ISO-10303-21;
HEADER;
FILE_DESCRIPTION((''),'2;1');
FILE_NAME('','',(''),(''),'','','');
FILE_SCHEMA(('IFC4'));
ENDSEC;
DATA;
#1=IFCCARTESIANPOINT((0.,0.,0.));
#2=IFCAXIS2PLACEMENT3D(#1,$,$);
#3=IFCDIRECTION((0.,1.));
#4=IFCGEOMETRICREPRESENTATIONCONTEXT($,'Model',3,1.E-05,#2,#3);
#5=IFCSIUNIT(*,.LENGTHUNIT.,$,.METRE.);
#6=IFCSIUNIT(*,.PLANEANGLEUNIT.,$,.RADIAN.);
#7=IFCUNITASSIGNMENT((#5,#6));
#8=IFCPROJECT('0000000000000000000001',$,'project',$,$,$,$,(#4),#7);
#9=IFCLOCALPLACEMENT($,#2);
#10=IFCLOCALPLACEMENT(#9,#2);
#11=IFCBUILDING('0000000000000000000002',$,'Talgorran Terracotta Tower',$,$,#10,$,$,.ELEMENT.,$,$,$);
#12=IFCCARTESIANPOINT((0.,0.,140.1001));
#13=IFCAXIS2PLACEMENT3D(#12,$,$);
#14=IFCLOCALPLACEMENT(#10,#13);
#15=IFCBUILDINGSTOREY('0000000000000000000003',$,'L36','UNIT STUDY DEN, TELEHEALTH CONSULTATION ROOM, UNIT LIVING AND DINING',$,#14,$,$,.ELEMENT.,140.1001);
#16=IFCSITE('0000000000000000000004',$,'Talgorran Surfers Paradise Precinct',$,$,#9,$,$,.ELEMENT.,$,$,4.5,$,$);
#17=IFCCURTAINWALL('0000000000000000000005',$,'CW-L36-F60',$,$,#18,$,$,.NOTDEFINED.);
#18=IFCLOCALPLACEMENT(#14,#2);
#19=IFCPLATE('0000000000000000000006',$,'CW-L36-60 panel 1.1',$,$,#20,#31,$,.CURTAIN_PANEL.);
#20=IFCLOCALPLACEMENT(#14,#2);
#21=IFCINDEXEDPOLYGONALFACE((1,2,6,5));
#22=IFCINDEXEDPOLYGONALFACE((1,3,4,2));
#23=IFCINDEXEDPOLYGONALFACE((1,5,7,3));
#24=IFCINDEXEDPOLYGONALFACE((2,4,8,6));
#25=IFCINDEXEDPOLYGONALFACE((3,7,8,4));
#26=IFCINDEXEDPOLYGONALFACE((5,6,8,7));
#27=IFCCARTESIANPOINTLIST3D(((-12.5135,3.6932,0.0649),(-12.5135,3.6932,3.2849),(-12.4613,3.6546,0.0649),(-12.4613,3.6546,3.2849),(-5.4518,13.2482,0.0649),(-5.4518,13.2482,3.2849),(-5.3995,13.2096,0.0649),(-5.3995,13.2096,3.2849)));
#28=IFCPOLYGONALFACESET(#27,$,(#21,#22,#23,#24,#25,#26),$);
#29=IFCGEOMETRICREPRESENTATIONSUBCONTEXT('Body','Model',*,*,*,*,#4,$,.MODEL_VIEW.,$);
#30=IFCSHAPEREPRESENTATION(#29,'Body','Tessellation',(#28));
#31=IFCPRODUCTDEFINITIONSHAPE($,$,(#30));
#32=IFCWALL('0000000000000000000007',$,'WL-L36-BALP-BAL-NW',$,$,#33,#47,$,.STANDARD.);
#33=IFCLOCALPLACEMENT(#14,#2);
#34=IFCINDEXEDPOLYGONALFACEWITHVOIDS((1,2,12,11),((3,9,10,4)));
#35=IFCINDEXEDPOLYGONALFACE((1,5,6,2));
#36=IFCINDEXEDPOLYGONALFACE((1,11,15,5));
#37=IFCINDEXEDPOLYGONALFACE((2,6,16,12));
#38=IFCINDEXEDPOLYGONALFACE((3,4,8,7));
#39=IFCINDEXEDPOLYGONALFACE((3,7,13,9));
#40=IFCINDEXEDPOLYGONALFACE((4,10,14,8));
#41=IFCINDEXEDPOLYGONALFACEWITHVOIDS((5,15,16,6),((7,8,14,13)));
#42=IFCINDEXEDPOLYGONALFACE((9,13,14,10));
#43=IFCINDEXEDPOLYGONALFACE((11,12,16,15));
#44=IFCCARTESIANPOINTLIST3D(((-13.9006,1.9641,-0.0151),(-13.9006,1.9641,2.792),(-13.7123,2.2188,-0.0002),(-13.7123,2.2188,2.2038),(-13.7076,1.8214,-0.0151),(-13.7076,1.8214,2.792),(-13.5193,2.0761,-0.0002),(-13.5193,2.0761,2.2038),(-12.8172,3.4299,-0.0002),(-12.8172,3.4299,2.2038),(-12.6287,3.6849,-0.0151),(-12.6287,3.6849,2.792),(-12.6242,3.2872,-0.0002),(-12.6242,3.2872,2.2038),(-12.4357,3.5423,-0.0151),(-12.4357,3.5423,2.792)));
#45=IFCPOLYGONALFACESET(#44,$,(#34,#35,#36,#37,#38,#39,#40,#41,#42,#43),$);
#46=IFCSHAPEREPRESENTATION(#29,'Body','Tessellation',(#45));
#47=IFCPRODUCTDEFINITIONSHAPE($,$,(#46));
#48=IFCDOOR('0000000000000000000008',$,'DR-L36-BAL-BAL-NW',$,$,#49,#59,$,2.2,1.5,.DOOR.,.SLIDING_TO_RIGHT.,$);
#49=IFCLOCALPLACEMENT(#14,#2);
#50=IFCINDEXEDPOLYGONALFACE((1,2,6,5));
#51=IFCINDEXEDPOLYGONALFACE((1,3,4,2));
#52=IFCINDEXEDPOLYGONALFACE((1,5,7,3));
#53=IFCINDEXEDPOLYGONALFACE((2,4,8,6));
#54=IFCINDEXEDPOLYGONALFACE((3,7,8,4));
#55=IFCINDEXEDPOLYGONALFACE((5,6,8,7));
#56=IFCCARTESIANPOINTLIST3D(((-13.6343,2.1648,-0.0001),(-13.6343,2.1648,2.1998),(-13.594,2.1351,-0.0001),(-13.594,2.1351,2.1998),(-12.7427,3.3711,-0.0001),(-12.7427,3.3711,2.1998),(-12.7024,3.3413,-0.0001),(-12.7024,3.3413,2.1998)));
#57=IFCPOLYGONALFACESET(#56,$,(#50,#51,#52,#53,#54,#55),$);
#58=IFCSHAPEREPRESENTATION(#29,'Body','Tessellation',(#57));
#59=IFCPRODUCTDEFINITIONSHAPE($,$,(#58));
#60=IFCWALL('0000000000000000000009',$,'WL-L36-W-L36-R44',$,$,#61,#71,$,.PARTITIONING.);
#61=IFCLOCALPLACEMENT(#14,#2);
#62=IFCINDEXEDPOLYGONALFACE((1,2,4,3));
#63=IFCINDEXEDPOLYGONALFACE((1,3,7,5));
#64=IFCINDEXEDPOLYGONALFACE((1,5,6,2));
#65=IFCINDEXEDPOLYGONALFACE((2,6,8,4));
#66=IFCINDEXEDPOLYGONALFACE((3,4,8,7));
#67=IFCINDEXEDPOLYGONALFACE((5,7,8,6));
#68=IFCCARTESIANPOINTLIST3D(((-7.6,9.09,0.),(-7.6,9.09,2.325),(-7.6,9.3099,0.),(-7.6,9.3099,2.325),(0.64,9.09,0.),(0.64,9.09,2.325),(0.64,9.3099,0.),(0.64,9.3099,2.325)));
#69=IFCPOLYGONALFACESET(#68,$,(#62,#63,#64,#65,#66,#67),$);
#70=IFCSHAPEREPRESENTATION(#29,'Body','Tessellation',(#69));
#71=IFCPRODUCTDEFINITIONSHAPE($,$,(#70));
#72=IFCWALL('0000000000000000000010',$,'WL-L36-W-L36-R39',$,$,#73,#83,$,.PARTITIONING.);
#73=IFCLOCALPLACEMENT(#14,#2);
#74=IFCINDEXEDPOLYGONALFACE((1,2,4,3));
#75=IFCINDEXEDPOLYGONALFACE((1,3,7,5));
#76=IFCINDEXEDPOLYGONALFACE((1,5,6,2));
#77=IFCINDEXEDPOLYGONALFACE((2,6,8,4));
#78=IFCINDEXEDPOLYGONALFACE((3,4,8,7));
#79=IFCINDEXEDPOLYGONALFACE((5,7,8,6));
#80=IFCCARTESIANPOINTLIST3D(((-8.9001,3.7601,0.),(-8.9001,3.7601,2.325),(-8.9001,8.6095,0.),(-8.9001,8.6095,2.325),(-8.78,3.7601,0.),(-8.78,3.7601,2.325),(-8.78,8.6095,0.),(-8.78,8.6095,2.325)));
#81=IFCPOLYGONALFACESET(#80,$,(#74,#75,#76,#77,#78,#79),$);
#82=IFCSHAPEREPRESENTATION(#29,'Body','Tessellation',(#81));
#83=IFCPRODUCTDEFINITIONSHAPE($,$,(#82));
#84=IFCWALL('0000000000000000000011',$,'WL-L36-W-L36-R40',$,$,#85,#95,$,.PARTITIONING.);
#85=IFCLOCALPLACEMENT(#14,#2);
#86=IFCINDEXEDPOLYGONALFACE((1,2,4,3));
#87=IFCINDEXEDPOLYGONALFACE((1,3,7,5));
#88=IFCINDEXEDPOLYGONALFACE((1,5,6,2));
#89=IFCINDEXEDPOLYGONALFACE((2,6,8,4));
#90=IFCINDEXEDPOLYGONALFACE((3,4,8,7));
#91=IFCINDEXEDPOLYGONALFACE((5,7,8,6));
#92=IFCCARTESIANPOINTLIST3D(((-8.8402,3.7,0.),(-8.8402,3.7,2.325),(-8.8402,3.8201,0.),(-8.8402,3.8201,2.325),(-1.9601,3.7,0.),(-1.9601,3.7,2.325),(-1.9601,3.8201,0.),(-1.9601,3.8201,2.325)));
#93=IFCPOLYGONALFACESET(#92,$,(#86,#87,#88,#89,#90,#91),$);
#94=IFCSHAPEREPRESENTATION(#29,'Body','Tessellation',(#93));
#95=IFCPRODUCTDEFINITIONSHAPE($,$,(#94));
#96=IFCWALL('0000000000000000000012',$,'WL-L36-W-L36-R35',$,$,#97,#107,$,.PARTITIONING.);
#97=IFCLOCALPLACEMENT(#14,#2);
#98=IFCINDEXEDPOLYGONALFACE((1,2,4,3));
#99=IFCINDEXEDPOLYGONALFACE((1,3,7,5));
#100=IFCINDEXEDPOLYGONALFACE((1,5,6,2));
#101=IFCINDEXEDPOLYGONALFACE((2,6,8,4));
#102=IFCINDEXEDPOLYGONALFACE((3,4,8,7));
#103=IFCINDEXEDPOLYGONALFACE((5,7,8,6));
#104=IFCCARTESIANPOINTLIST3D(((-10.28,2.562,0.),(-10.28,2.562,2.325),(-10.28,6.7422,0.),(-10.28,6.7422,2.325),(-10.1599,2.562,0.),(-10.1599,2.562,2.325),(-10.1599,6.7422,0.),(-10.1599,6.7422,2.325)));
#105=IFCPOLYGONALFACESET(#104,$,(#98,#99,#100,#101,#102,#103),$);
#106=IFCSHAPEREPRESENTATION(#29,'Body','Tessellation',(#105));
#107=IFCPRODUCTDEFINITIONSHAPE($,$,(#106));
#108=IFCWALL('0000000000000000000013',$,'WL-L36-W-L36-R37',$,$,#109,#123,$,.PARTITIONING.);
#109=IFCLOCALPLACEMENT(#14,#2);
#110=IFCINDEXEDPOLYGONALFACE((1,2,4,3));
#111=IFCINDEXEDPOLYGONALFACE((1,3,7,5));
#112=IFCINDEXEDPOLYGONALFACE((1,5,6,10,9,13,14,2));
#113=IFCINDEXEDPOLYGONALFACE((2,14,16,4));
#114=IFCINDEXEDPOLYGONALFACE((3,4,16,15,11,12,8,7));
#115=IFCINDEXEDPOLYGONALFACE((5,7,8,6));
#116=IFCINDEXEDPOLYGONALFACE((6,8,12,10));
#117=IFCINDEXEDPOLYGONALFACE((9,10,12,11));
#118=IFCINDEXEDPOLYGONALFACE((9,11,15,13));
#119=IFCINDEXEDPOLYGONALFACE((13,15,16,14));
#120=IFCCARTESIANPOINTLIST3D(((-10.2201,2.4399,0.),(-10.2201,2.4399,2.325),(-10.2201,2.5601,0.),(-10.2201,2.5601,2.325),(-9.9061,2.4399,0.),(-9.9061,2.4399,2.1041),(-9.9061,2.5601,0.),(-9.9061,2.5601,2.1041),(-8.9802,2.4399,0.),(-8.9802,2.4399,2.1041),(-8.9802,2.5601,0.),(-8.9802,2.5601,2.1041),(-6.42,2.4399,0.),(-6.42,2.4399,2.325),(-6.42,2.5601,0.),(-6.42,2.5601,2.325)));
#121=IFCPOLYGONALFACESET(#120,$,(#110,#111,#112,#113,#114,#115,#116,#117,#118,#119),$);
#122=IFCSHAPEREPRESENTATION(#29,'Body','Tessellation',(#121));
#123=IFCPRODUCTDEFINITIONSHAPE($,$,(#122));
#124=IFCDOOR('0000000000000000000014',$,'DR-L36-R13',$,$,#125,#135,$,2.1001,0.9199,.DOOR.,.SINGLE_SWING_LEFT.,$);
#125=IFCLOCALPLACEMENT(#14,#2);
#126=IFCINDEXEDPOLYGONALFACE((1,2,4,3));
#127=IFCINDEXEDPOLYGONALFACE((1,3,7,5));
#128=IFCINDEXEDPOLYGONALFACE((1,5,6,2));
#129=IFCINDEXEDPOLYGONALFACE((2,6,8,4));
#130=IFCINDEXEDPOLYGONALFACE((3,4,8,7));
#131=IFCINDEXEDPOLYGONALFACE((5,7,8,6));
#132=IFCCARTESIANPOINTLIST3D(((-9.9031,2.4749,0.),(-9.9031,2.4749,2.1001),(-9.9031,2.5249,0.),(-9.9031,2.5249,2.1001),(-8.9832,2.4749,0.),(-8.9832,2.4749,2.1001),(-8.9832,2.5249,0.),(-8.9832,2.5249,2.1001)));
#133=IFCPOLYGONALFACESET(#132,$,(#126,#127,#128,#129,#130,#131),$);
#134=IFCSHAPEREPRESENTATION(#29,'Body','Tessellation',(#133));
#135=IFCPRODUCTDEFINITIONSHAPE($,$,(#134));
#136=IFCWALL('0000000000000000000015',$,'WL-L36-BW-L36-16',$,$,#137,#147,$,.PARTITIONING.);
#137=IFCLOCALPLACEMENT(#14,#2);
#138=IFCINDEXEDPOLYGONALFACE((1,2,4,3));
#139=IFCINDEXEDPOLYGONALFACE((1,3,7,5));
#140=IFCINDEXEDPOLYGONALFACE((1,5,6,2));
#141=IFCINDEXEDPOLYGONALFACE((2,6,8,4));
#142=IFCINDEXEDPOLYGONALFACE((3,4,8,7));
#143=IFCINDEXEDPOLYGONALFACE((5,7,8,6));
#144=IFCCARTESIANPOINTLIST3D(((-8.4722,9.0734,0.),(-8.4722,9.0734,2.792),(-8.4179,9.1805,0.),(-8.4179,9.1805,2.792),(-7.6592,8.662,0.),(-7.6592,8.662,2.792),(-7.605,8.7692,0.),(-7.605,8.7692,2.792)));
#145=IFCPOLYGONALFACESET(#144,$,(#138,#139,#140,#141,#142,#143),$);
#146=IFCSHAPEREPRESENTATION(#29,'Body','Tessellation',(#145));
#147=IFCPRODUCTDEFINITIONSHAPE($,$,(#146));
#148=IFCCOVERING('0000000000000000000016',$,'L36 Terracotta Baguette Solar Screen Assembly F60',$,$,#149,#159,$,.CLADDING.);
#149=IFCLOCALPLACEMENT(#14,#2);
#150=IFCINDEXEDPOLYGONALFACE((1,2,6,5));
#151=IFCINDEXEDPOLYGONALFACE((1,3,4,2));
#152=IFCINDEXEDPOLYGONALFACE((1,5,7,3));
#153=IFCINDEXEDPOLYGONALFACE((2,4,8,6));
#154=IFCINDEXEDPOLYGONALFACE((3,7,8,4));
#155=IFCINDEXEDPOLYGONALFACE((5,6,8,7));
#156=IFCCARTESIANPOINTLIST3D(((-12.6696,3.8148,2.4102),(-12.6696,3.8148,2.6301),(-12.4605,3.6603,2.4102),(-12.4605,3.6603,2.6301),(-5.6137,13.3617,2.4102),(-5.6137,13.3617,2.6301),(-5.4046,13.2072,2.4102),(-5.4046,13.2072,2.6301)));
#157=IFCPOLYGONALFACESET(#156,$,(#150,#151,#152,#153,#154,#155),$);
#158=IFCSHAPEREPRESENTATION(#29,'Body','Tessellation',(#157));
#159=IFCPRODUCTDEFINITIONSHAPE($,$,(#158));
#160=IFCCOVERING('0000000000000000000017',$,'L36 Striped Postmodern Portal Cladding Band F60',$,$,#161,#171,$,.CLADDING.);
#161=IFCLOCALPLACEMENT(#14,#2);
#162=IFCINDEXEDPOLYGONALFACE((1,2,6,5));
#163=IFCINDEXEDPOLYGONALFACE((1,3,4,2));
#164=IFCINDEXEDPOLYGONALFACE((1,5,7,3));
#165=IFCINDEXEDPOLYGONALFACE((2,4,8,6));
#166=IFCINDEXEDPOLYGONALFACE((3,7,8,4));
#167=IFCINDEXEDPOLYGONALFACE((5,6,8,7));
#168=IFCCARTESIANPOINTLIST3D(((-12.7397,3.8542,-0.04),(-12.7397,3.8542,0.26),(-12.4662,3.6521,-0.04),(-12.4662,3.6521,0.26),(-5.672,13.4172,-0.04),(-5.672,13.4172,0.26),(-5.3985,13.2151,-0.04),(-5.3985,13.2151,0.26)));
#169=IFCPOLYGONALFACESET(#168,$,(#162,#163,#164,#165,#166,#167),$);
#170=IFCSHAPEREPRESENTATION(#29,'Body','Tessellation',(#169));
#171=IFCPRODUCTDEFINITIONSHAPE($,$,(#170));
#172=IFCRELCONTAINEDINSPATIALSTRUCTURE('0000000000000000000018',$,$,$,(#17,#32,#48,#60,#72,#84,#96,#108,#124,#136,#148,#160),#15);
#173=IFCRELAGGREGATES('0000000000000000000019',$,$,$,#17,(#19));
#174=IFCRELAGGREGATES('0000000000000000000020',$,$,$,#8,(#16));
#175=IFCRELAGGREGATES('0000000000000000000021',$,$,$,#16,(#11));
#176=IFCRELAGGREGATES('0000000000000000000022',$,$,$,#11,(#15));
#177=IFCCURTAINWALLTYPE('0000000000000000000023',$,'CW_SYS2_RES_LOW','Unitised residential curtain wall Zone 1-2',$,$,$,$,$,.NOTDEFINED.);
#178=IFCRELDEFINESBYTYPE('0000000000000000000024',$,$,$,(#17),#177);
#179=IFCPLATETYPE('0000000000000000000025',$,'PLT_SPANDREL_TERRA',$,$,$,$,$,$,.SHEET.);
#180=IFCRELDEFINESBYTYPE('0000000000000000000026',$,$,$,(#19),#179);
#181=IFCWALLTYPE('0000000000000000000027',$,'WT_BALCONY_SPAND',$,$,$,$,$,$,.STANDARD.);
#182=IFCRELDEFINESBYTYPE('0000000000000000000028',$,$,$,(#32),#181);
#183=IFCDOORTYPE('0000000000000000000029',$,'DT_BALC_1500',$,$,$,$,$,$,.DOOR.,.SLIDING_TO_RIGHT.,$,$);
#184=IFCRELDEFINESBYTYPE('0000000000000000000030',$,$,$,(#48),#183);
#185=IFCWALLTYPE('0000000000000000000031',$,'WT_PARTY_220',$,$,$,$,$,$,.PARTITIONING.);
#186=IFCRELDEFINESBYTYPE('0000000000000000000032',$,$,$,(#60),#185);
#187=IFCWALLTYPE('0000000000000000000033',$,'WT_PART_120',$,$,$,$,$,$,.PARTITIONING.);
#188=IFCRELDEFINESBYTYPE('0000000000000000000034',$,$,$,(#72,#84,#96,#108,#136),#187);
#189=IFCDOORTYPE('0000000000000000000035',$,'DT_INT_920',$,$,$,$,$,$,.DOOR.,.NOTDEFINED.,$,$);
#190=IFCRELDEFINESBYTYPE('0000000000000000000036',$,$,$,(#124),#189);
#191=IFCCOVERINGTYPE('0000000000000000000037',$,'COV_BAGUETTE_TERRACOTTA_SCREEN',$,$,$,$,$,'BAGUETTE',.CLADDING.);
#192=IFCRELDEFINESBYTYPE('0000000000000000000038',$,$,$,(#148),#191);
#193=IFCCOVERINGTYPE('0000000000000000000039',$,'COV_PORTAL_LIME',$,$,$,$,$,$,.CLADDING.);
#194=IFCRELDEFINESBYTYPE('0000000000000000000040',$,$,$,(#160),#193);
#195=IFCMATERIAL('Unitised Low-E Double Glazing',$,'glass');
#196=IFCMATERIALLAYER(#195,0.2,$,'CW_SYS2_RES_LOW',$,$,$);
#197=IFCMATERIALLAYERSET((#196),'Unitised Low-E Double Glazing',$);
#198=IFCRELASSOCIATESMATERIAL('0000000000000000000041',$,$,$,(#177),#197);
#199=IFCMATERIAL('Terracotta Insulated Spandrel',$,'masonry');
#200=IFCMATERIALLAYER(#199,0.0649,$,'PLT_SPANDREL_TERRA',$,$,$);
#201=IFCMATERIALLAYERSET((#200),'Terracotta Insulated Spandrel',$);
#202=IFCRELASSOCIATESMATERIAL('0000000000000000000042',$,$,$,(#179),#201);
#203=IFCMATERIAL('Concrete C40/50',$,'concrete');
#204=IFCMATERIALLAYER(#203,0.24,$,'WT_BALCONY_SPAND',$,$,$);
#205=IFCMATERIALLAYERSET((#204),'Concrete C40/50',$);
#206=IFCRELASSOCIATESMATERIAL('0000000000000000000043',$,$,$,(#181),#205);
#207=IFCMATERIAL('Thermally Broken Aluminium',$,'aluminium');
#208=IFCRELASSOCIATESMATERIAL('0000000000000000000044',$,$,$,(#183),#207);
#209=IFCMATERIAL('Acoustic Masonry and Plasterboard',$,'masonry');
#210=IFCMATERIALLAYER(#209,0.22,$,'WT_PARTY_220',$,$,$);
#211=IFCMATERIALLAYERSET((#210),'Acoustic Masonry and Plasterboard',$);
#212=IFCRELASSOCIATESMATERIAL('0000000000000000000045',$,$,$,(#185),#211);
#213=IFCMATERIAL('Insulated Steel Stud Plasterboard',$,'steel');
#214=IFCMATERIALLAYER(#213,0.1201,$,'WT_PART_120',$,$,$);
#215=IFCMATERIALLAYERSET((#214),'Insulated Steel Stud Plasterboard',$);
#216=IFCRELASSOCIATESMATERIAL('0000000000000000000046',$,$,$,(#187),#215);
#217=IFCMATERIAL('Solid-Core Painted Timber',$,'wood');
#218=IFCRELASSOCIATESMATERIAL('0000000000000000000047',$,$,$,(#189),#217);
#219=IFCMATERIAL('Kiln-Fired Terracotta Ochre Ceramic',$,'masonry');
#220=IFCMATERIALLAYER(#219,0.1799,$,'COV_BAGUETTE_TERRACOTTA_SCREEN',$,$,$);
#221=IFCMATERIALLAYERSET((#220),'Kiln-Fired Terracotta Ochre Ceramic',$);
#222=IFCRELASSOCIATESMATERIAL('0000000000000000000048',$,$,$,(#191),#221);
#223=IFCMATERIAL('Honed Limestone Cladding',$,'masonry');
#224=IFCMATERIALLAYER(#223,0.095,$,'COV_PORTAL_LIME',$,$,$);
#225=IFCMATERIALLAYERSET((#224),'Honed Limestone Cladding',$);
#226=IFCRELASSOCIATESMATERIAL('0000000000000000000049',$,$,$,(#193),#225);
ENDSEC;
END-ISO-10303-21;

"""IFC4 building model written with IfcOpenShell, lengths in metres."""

from ifc_helpers import new_model, si_unit, direction, frame, frame_2d, origin, origin_2d, place, context, subcontext, project, spatial, rectangle, extrude, source, transform, mapped, material, layer, layer_set, type_object, type_shapes, element, fill, aggregate, save


model = new_model("IFC4")

# Units and contexts
model_context = context("Model", 3, precision=1e-05, world=origin(), true_north=direction((0.0, 1.0)))
body_context = subcontext(model_context, "Body", "Model", "MODEL_VIEW")
ifc_project = project(units=[si_unit("LENGTHUNIT", "METRE"), si_unit("PLANEANGLEUNIT", "RADIAN")], contexts=[model_context])

# Site, building, storey
site_placement = place(None, origin())
site = spatial("IfcSite", under=ifc_project, at=site_placement, Name="Talgorran Surfers Paradise Precinct", CompositionType="ELEMENT", RefElevation=4.5)
building_placement = place(site_placement, origin())
building = spatial("IfcBuilding", under=site, at=building_placement, Name="Talgorran Terracotta Tower", CompositionType="ELEMENT")
storey_placement = place(building_placement, frame((0.0, 0.0, 140.1001)))
storey = spatial("IfcBuildingStorey", under=building, at=storey_placement, Name="L36", Description="UNIT STUDY DEN, TELEHEALTH CONSULTATION ROOM, UNIT LIVING AND DINING", CompositionType="ELEMENT", Elevation=140.1001)

# Curtain wall
ifc_material_1 = material(Name="Unitised Low-E Double Glazing", Category="glass")
ifc_layer_1 = layer(ifc_material_1, 0.2, Name="CW_SYS2_RES_LOW")
ifc_layer_set_1 = layer_set([ifc_layer_1], Name="Unitised Low-E Double Glazing")
curtain_wall_type = type_object("IfcCurtainWallType", Name="CW_SYS2_RES_LOW", Description="Unitised residential curtain wall Zone 1-2", PredefinedType="NOTDEFINED", material=ifc_layer_set_1)
curtain_wall_1_placement = place(storey_placement, origin())
curtain_wall_1 = element("IfcCurtainWall", 1, at=curtain_wall_1_placement, inside=storey, type_object=curtain_wall_type, Name="CW-L36-F60", PredefinedType="NOTDEFINED")

# Plate
ifc_material_2 = material(Name="Terracotta Insulated Spandrel", Category="masonry")
ifc_layer_2 = layer(ifc_material_2, 0.0649, Name="PLT_SPANDREL_TERRA")
ifc_layer_set_2 = layer_set([ifc_layer_2], Name="Terracotta Insulated Spandrel")
plate_type_1 = type_object("IfcPlateType", Name="PLT_SPANDREL_TERRA", PredefinedType="SHEET", material=ifc_layer_set_2)
shared_shape = source(origin(), body_context, "Body", "SweptSolid", [
    extrude(rectangle(XDim=11.8813, YDim=0.0649, at=origin_2d()), origin(), (0.0, 0.0, 1.0), 3.22),
])
type_shapes(plate_type_1, [shared_shape])
plate_1_placement = place(storey_placement, frame((-8.9565, 8.4514, 0.0649), z_axis=(0.0, 0.0, 1.0), x_axis=(-0.594359, -0.8042, 0.0)))
plate_1 = element("IfcPlate", 2, at=plate_1_placement, type_object=plate_type_1, Name="CW-L36-60 panel 1.1", PredefinedType="CURTAIN_PANEL", context=body_context, shape_type="MappedRepresentation", body=[
    mapped(shared_shape, transform((0.0, 0.0, 0.0), scale=1.0)),
])
aggregate(curtain_wall_1, [plate_1])

# Wall, opening, door
ifc_material_3 = material(Name="Concrete C40/50", Category="concrete")
ifc_layer_3 = layer(ifc_material_3, 0.24, Name="WT_BALCONY_SPAND")
ifc_layer_set_3 = layer_set([ifc_layer_3], Name="Concrete C40/50")
wall_type_1 = type_object("IfcWallType", Name="WT_BALCONY_SPAND", PredefinedType="STANDARD", material=ifc_layer_set_3)
wall_1_placement = place(storey_placement, frame((-12.5322, 3.6135, -0.0151), z_axis=(0.0, 0.0, 1.0), x_axis=(-0.594381, -0.804183, 0.0)))
wall_1 = element("IfcWall", 3, at=wall_1_placement, inside=storey, type_object=wall_type_1, Name="WL-L36-BALP-BAL-NW", PredefinedType="STANDARD", context=body_context, shape_type="SweptSolid", body=[
    extrude(rectangle(XDim=2.1399, YDim=0.24, at=frame_2d((1.0698, 0.0))), origin(), (0.0, 0.0, 1.0), 2.8071),
])
opening_1_placement = place(wall_1_placement, frame((0.3201, 0.0, 0.0149)))
opening_1 = element("IfcOpeningElement", 4, at=opening_1_placement, cuts=wall_1, PredefinedType="OPENING", context=body_context, shape_type="SweptSolid", body=[
    extrude(rectangle(XDim=1.506, YDim=2.204, at=frame_2d((0.75, 1.1021))), frame((0.0, 0.1299, 0.0), z_axis=(0.0, -1.0, 0.0), x_axis=(1.0, 0.0, 0.0)), (0.0, 0.0, 1.0), 0.26),
])
ifc_material_4 = material(Name="Thermally Broken Aluminium", Category="aluminium")
door_type_1 = type_object("IfcDoorType", Name="DT_BALC_1500", OperationType="SLIDING_TO_RIGHT", PredefinedType="DOOR", material=ifc_material_4)
door_1_placement = place(opening_1_placement, origin())
door_1 = element("IfcDoor", 5, at=door_1_placement, inside=storey, type_object=door_type_1, Name="DR-L36-BAL-BAL-NW", OperationType="SLIDING_TO_RIGHT", OverallHeight=2.2, OverallWidth=1.5, PredefinedType="DOOR", context=body_context, shape_type="SweptSolid", body=[
    extrude(rectangle(XDim=1.5, YDim=2.2, at=frame_2d((0.75, 1.1001))), frame((0.0, 0.0249, 0.0), z_axis=(0.0, -1.0, 0.0), x_axis=(1.0, 0.0, 0.0)), (0.0, 0.0, 1.0), 0.05),
])
fill(opening_1, door_1)

# Walls
ifc_material_5 = material(Name="Acoustic Masonry and Plasterboard", Category="masonry")
ifc_layer_4 = layer(ifc_material_5, 0.22, Name="WT_PARTY_220")
ifc_layer_set_4 = layer_set([ifc_layer_4], Name="Acoustic Masonry and Plasterboard")
wall_type_2 = type_object("IfcWallType", Name="WT_PARTY_220", PredefinedType="PARTITIONING", material=ifc_layer_set_4)
wall_2_placement = place(storey_placement, frame((-7.6001, 9.2, 0.0), z_axis=(0.0, 0.0, 1.0), x_axis=(1.0, 0.0, 0.0)))
element("IfcWall", 6, at=wall_2_placement, inside=storey, type_object=wall_type_2, Name="WL-L36-W-L36-R44", PredefinedType="PARTITIONING", context=body_context, shape_type="SweptSolid", body=[
    extrude(rectangle(XDim=8.24, YDim=0.22, at=frame_2d((4.1201, 0.0))), origin(), (0.0, 0.0, 1.0), 2.325),
])
ifc_material_6 = material(Name="Insulated Steel Stud Plasterboard", Category="steel")
ifc_layer_5 = layer(ifc_material_6, 0.1201, Name="WT_PART_120")
ifc_layer_set_5 = layer_set([ifc_layer_5], Name="Insulated Steel Stud Plasterboard")
wall_type_3 = type_object("IfcWallType", Name="WT_PART_120", PredefinedType="PARTITIONING", material=ifc_layer_set_5)
wall_3_placement = place(storey_placement, frame((-8.8401, 3.76, 0.0), z_axis=(0.0, 0.0, 1.0), x_axis=(0.0, 1.0, 0.0)))
element("IfcWall", 7, at=wall_3_placement, inside=storey, type_object=wall_type_3, Name="WL-L36-W-L36-R39", PredefinedType="PARTITIONING", context=body_context, shape_type="SweptSolid", body=[
    extrude(rectangle(XDim=4.8494, YDim=0.1201, at=frame_2d((2.4248, 0.0))), origin(), (0.0, 0.0, 1.0), 2.325),
])
wall_4_placement = place(storey_placement, frame((-8.8401, 3.76, 0.0), z_axis=(0.0, 0.0, 1.0), x_axis=(1.0, 0.0, 0.0)))
element("IfcWall", 8, at=wall_4_placement, inside=storey, type_object=wall_type_3, Name="WL-L36-W-L36-R40", PredefinedType="PARTITIONING", context=body_context, shape_type="SweptSolid", body=[
    extrude(rectangle(XDim=6.8801, YDim=0.1201, at=frame_2d((3.4399, 0.0))), origin(), (0.0, 0.0, 1.0), 2.325),
])
wall_5_placement = place(storey_placement, frame((-10.22, 2.562, 0.0), z_axis=(0.0, 0.0, 1.0), x_axis=(0.0, 1.0, 0.0)))
element("IfcWall", 9, at=wall_5_placement, inside=storey, type_object=wall_type_3, Name="WL-L36-W-L36-R35", PredefinedType="PARTITIONING", context=body_context, shape_type="SweptSolid", body=[
    extrude(rectangle(XDim=4.1802, YDim=0.1201, at=frame_2d((2.0901, 0.0))), origin(), (0.0, 0.0, 1.0), 2.325),
])

# Wall, opening, door
wall_6_placement = place(storey_placement, frame((-10.22, 2.5, 0.0), z_axis=(0.0, 0.0, 1.0), x_axis=(1.0, 0.0, 0.0)))
wall_6 = element("IfcWall", 10, at=wall_6_placement, inside=storey, type_object=wall_type_3, Name="WL-L36-W-L36-R37", PredefinedType="PARTITIONING", context=body_context, shape_type="SweptSolid", body=[
    extrude(rectangle(XDim=3.8, YDim=0.1201, at=frame_2d((1.8999, 0.0))), origin(), (0.0, 0.0, 1.0), 2.325),
])
opening_2_placement = place(wall_6_placement, frame((0.3169, 0.0, 0.0)))
opening_2 = element("IfcOpeningElement", 11, at=opening_2_placement, cuts=wall_6, PredefinedType="OPENING", context=body_context, shape_type="SweptSolid", body=[
    extrude(rectangle(XDim=0.9259, YDim=2.1041, at=frame_2d((0.46, 1.052))), frame((0.0, 0.0701, 0.0), z_axis=(0.0, -1.0, 0.0), x_axis=(1.0, 0.0, 0.0)), (0.0, 0.0, 1.0), 0.1401),
])
ifc_material_7 = material(Name="Solid-Core Painted Timber", Category="wood")
door_type_2 = type_object("IfcDoorType", Name="DT_INT_920", OperationType="NOTDEFINED", PredefinedType="DOOR", material=ifc_material_7)
door_2_placement = place(opening_2_placement, origin())
door_2 = element("IfcDoor", 12, at=door_2_placement, inside=storey, type_object=door_type_2, Name="DR-L36-R13", OperationType="SINGLE_SWING_LEFT", OverallHeight=2.1001, OverallWidth=0.9199, PredefinedType="DOOR", context=body_context, shape_type="SweptSolid", body=[
    extrude(rectangle(XDim=0.9199, YDim=2.1001, at=frame_2d((0.46, 1.05))), frame((0.0, 0.0249, 0.0), z_axis=(0.0, -1.0, 0.0), x_axis=(1.0, 0.0, 0.0)), (0.0, 0.0, 1.0), 0.05),
])
fill(opening_2, door_2)

# Wall
wall_7_placement = place(storey_placement, frame((-7.6321, 8.7156, 0.0), z_axis=(0.0, 0.0, 1.0), x_axis=(-0.892273, 0.451496, 0.0)))
element("IfcWall", 13, at=wall_7_placement, inside=storey, type_object=wall_type_3, Name="WL-L36-BW-L36-16", PredefinedType="PARTITIONING", context=body_context, shape_type="SweptSolid", body=[
    extrude(rectangle(XDim=0.9111, YDim=0.1201, at=frame_2d((0.4556, 0.0))), origin(), (0.0, 0.0, 1.0), 2.792),
])

# Coverings
ifc_material_8 = material(Name="Kiln-Fired Terracotta Ochre Ceramic", Category="masonry")
ifc_layer_6 = layer(ifc_material_8, 0.1799, Name="COV_BAGUETTE_TERRACOTTA_SCREEN")
ifc_layer_set_6 = layer_set([ifc_layer_6], Name="Kiln-Fired Terracotta Ochre Ceramic")
covering_type_1 = type_object("IfcCoveringType", Name="COV_BAGUETTE_TERRACOTTA_SCREEN", ElementType="BAGUETTE", PredefinedType="CLADDING", material=ifc_layer_set_6)
covering_1_placement = place(storey_placement, frame((-9.0371, 8.511, 2.4102), z_axis=(0.0, 0.0, 1.0), x_axis=(-0.59436, -0.804199, 0.0)))
element("IfcCovering", 14, at=covering_1_placement, inside=storey, type_object=covering_type_1, Name="L36 Terracotta Baguette Solar Screen Assembly F60", PredefinedType="CLADDING", context=body_context, shape_type="SweptSolid", body=[
    extrude(rectangle(XDim=11.8713, YDim=0.26, at=origin_2d()), origin(), (0.0, 0.0, 1.0), 0.22),
])
ifc_material_9 = material(Name="Honed Limestone Cladding", Category="masonry")
ifc_layer_7 = layer(ifc_material_9, 0.095, Name="COV_PORTAL_LIME")
ifc_layer_set_7 = layer_set([ifc_layer_7], Name="Honed Limestone Cladding")
covering_type_2 = type_object("IfcCoveringType", Name="COV_PORTAL_LIME", PredefinedType="CLADDING", material=ifc_layer_set_7)
covering_2_placement = place(storey_placement, frame((-9.0691, 8.5347, -0.04), z_axis=(0.0, 0.0, 1.0), x_axis=(-0.59436, -0.804199, 0.0)))
element("IfcCovering", 15, at=covering_2_placement, inside=storey, type_object=covering_type_2, Name="L36 Striped Postmodern Portal Cladding Band F60", PredefinedType="CLADDING", context=body_context, shape_type="SweptSolid", body=[
    extrude(rectangle(XDim=11.8914, YDim=0.3401, at=origin_2d()), origin(), (0.0, 0.0, 1.0), 0.3),
])

save(model, "model.ifc")
